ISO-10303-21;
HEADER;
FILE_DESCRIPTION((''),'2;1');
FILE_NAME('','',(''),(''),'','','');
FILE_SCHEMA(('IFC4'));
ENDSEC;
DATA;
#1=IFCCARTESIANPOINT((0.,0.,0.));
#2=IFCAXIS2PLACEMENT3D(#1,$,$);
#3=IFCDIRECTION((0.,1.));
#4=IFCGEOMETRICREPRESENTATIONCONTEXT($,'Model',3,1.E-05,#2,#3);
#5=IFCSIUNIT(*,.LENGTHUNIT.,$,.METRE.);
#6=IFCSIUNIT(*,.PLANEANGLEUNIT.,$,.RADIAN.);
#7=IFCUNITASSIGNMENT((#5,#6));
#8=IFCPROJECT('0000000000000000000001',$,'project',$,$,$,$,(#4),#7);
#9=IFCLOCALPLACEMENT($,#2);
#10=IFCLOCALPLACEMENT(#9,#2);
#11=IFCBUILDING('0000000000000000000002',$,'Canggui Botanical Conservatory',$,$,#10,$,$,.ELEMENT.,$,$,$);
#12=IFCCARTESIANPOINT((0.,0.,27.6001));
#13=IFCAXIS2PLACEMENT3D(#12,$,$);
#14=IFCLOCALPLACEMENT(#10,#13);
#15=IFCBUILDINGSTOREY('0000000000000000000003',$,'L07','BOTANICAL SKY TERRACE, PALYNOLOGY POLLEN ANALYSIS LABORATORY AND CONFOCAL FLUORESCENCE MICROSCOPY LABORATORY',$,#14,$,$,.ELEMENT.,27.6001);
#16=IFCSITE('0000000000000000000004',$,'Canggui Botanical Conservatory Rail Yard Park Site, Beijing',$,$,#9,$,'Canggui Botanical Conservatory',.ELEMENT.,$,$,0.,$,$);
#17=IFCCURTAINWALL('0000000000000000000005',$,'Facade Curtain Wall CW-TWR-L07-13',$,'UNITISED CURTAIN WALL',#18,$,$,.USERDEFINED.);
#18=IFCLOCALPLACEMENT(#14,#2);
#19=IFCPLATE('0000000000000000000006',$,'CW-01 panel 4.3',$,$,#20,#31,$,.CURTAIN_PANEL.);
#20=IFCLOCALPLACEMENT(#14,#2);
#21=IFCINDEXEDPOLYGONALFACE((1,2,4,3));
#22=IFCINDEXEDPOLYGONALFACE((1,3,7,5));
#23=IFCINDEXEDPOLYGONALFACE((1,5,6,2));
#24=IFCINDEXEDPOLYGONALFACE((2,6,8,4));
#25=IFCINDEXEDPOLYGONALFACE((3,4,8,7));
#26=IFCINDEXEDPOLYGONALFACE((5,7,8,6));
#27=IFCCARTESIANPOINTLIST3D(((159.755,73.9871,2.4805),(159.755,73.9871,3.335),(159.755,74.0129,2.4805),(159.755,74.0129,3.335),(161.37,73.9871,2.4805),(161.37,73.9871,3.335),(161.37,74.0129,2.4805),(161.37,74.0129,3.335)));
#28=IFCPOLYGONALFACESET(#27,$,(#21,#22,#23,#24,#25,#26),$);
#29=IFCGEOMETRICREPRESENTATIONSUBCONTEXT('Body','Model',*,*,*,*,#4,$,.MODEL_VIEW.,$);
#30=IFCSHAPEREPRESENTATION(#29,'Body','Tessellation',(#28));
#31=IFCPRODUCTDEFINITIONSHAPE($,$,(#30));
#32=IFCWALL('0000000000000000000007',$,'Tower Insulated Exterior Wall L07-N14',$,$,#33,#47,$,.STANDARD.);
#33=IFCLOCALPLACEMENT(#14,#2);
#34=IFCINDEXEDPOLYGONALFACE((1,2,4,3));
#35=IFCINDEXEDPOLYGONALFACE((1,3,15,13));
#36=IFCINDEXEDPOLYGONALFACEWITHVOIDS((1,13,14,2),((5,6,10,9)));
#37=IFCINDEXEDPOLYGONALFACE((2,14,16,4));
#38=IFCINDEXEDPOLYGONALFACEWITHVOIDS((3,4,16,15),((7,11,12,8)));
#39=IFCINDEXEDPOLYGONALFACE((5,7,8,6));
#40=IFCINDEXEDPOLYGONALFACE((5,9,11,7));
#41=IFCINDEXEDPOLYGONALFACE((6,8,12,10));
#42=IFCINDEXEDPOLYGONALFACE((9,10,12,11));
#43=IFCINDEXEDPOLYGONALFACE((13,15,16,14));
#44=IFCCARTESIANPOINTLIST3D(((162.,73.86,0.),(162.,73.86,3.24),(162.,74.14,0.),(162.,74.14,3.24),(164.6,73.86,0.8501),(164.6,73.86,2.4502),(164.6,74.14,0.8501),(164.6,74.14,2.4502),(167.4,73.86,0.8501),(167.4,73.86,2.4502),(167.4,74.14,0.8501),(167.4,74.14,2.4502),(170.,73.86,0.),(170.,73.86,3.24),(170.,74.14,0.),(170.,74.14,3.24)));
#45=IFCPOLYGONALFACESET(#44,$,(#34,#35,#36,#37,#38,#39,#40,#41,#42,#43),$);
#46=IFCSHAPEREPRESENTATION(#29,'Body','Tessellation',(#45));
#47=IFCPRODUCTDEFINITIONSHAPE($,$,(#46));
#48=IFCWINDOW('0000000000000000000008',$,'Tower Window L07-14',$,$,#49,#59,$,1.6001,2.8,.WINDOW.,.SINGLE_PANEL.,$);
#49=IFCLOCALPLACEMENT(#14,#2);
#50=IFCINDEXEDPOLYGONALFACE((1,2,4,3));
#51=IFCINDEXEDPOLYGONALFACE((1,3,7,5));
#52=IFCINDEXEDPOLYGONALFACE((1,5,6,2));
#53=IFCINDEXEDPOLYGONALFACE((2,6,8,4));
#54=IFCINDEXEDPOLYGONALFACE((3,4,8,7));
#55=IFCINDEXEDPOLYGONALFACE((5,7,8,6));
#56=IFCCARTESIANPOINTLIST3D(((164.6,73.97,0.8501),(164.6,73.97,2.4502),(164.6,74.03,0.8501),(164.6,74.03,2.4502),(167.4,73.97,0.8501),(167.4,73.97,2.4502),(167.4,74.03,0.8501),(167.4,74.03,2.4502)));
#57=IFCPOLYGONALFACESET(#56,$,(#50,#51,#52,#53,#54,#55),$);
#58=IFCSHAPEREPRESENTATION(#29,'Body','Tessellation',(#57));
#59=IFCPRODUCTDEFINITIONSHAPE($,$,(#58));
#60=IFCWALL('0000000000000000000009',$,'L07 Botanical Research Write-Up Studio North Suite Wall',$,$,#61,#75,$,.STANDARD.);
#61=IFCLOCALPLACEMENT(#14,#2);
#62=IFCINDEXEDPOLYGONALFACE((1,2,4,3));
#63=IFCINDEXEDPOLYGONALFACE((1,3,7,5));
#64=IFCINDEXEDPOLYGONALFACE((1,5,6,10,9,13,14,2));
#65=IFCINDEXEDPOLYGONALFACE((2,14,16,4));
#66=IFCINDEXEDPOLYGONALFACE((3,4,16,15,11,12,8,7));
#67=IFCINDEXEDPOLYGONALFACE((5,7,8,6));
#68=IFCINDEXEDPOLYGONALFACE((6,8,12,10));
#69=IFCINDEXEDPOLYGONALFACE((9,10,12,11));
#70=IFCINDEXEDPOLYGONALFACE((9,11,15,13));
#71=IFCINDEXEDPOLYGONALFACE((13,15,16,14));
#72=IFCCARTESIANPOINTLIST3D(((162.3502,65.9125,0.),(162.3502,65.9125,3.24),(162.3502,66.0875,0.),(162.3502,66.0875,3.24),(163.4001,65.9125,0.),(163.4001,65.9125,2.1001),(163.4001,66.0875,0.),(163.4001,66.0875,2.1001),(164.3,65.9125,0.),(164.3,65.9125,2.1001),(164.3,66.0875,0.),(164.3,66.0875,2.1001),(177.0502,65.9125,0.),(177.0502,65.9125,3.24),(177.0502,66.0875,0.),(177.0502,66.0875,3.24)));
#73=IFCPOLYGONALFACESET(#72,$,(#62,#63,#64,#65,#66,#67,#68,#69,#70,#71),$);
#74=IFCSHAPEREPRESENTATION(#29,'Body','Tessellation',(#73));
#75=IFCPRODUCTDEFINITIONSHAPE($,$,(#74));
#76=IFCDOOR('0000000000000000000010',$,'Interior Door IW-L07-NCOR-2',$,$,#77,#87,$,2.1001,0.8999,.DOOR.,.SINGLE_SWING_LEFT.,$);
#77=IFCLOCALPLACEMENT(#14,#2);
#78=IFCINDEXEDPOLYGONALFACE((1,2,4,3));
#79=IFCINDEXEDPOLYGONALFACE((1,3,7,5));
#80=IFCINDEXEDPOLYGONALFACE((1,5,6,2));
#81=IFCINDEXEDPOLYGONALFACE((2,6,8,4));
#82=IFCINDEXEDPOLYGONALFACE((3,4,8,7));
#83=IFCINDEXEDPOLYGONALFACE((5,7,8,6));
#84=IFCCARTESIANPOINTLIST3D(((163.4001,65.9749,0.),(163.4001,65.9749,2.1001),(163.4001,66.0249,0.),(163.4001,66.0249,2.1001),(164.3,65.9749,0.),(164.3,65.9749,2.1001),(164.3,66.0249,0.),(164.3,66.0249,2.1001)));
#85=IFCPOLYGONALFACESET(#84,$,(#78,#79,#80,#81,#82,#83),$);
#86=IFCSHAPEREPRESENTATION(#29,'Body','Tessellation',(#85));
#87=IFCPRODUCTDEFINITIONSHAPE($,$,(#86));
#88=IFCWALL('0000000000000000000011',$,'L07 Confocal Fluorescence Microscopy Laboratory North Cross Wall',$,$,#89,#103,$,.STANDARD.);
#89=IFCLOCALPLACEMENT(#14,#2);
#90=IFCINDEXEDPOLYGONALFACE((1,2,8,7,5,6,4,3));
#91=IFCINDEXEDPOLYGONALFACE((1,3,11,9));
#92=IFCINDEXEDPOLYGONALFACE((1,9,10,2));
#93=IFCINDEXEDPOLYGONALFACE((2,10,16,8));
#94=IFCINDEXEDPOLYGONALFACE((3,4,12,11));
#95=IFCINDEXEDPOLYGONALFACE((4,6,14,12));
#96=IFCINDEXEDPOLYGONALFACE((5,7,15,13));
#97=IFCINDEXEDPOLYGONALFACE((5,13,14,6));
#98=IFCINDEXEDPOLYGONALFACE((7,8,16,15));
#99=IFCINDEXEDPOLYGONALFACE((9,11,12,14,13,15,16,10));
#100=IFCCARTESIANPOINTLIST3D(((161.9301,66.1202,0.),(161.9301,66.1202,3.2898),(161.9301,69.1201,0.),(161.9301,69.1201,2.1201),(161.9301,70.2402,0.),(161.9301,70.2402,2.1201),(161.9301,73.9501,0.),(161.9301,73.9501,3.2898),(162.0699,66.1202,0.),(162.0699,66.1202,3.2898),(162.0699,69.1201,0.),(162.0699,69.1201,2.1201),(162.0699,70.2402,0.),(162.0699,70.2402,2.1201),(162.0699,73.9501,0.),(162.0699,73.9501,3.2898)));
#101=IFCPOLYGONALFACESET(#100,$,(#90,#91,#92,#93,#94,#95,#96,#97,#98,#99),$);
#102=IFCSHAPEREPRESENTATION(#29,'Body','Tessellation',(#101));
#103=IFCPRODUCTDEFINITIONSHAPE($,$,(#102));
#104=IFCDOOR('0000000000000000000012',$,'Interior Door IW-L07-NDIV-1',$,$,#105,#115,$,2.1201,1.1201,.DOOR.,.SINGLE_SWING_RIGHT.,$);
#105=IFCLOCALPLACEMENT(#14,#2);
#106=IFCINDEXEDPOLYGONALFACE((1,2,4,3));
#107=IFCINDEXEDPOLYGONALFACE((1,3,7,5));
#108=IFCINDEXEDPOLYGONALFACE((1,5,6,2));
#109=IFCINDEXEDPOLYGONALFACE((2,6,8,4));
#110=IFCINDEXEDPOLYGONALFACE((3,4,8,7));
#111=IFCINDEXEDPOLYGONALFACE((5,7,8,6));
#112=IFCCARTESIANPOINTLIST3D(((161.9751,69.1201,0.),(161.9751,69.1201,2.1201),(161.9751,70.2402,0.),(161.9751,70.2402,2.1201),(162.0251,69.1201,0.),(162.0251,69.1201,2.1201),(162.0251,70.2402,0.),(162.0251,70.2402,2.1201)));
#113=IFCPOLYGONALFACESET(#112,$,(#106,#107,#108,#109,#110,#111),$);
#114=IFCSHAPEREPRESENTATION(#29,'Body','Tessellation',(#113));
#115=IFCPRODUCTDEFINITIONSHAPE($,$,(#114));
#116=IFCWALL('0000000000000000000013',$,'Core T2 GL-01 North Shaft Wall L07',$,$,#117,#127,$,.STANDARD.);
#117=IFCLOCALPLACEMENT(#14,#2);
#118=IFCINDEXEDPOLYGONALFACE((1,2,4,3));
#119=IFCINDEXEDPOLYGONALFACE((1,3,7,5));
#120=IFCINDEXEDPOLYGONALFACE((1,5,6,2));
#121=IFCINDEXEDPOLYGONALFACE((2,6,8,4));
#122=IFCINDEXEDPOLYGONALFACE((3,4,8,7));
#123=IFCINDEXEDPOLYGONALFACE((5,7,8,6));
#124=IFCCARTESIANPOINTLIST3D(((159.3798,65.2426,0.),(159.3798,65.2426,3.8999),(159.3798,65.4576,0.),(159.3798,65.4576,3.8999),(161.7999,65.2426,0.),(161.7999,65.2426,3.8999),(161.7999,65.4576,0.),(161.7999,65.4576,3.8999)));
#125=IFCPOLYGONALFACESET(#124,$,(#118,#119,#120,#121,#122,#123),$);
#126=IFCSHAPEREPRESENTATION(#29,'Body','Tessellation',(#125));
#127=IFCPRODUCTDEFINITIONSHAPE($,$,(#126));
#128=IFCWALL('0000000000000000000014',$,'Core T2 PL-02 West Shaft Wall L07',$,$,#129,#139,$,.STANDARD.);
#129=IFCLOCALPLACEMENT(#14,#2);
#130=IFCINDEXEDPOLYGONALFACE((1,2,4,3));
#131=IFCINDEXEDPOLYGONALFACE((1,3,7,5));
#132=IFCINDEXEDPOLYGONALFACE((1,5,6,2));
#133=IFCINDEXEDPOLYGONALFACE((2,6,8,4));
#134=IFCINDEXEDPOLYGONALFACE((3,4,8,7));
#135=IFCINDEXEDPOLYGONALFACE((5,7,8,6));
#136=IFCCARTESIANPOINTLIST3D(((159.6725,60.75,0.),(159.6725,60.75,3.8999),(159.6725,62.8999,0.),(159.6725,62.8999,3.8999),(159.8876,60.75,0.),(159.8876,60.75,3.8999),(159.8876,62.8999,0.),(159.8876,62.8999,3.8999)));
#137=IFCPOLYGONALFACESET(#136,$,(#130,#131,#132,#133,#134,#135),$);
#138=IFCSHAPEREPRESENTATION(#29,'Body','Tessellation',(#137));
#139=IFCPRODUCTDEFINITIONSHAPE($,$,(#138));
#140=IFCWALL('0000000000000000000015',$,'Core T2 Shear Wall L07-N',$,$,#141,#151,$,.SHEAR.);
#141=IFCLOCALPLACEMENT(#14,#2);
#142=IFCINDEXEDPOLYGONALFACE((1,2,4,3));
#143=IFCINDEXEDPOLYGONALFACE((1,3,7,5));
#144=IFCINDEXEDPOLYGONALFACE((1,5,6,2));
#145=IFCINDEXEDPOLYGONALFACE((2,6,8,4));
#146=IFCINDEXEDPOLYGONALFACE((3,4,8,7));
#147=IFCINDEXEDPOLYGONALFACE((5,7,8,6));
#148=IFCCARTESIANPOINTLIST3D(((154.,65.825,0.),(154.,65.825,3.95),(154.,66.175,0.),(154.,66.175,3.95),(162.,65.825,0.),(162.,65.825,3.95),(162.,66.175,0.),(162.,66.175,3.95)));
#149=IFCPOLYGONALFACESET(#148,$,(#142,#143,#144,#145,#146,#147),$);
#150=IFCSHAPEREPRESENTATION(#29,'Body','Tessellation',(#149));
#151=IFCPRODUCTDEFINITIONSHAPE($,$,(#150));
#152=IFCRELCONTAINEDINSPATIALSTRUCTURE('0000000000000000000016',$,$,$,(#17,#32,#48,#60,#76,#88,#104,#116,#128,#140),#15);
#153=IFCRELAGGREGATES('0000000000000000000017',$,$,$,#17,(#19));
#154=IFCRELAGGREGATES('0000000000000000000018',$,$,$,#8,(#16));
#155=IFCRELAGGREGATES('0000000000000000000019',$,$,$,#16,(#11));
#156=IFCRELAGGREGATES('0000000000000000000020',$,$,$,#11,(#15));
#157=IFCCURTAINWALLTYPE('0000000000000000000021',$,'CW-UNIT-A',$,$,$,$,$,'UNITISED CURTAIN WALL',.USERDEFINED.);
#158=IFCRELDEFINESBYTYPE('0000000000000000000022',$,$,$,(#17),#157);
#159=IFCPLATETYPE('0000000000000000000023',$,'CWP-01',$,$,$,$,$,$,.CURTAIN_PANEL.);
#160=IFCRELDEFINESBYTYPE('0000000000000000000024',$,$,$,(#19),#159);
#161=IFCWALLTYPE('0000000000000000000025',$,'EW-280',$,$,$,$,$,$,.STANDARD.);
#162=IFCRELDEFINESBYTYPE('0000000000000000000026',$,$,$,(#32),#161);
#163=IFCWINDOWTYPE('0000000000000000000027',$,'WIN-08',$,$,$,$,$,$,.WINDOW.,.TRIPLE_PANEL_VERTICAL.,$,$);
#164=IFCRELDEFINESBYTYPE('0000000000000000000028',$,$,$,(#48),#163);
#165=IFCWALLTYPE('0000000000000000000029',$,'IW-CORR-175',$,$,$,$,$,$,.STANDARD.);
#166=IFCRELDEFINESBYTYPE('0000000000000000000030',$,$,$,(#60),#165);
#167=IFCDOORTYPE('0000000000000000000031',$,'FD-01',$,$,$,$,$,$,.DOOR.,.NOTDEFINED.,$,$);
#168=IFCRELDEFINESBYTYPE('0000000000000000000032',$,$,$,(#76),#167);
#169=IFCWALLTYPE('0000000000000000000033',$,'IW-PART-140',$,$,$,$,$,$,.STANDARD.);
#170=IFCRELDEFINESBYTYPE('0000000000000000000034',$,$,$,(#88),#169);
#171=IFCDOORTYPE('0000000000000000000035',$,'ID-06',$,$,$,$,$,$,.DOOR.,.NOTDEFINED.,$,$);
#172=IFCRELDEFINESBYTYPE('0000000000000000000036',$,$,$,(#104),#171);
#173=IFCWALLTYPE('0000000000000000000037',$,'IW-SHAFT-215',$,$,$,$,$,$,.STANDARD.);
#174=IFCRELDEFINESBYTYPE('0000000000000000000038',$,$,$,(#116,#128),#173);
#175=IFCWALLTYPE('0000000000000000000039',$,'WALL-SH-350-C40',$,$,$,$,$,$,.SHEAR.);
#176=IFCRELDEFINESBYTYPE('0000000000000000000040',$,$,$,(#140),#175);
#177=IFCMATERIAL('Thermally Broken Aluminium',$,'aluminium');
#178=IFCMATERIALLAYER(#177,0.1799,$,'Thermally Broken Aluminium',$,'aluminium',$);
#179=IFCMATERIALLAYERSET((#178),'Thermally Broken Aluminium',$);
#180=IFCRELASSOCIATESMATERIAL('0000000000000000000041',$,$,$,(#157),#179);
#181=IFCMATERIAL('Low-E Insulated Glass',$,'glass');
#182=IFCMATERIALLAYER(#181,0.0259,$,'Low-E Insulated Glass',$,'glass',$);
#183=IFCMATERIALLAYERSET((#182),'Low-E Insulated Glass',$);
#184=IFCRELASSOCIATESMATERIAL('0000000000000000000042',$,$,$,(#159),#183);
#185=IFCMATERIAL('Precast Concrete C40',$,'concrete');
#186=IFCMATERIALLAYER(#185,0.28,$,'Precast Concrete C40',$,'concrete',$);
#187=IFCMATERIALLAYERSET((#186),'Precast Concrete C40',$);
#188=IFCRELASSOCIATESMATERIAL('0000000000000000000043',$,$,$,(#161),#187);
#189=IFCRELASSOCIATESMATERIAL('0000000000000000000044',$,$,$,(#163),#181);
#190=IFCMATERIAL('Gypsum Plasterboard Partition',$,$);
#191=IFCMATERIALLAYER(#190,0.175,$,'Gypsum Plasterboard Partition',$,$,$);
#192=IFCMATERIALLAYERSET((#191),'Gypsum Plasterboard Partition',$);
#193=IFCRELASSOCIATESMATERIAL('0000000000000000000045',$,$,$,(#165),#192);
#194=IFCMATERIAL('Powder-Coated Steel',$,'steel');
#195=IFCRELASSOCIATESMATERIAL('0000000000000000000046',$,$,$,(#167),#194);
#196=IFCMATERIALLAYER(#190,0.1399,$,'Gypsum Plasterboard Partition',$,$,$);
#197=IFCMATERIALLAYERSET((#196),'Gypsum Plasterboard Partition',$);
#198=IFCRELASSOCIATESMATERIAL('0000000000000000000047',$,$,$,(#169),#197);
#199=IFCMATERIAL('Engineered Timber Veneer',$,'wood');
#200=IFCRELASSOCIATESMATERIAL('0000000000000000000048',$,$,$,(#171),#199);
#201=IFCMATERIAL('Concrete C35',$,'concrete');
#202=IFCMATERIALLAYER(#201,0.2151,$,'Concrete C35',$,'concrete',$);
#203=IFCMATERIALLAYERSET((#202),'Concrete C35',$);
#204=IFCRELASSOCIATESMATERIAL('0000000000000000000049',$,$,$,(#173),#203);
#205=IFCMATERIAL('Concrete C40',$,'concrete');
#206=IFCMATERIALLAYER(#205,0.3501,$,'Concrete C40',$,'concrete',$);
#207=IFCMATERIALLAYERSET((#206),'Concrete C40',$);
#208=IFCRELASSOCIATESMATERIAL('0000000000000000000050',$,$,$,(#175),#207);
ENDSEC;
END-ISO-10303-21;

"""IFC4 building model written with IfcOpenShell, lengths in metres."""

from ifc_helpers import new_model, si_unit, direction, frame, frame_2d, origin, origin_2d, place, context, subcontext, project, spatial, rectangle, extrude, material, layer, layer_set, type_object, element, fill, aggregate, save


model = new_model("IFC4")

# Units and contexts
model_context = context("Model", 3, precision=1e-05, world=origin(), true_north=direction((0.0, 1.0)))
body_context = subcontext(model_context, "Body", "Model", "MODEL_VIEW")
ifc_project = project(units=[si_unit("LENGTHUNIT", "METRE"), si_unit("PLANEANGLEUNIT", "RADIAN")], contexts=[model_context])

# Site, building, storey
site_placement = place(None, origin())
site = spatial("IfcSite", under=ifc_project, at=site_placement, Name="Canggui Botanical Conservatory Rail Yard Park Site, Beijing", LongName="Canggui Botanical Conservatory", CompositionType="ELEMENT", RefElevation=0.0)
building_placement = place(site_placement, origin())
building = spatial("IfcBuilding", under=site, at=building_placement, Name="Canggui Botanical Conservatory", CompositionType="ELEMENT")
storey_placement = place(building_placement, frame((0.0, 0.0, 27.6001)))
storey = spatial("IfcBuildingStorey", under=building, at=storey_placement, Name="L07", Description="BOTANICAL SKY TERRACE, PALYNOLOGY POLLEN ANALYSIS LABORATORY AND CONFOCAL FLUORESCENCE MICROSCOPY LABORATORY", CompositionType="ELEMENT", Elevation=27.6001)

# Shared definitions
ifc_material_1 = material(Name="Concrete C40", Category="concrete")

# Shared definitions
ifc_material_2 = material(Name="Concrete C35", Category="concrete")

# Curtain wall
ifc_material_3 = material(Name="Thermally Broken Aluminium", Category="aluminium")
ifc_layer_1 = layer(ifc_material_3, 0.1799, Name="Thermally Broken Aluminium", Category="aluminium")
ifc_layer_set_1 = layer_set([ifc_layer_1], Name="Thermally Broken Aluminium")
curtain_wall_type = type_object("IfcCurtainWallType", Name="CW-UNIT-A", ElementType="UNITISED CURTAIN WALL", PredefinedType="USERDEFINED", material=ifc_layer_set_1)
curtain_wall_1_placement = place(storey_placement, origin())
curtain_wall_1 = element("IfcCurtainWall", 1, at=curtain_wall_1_placement, inside=storey, type_object=curtain_wall_type, Name="Facade Curtain Wall CW-TWR-L07-13", ObjectType="UNITISED CURTAIN WALL", PredefinedType="USERDEFINED")

# Plate
ifc_material_4 = material(Name="Low-E Insulated Glass", Category="glass")
ifc_layer_2 = layer(ifc_material_4, 0.0259, Name="Low-E Insulated Glass", Category="glass")
ifc_layer_set_2 = layer_set([ifc_layer_2], Name="Low-E Insulated Glass")
plate_type = type_object("IfcPlateType", Name="CWP-01", PredefinedType="CURTAIN_PANEL", material=ifc_layer_set_2)
plate_1_placement = place(storey_placement, frame((160.5625, 74.0, 2.4805), z_axis=(0.0, 0.0, 1.0), x_axis=(1.0, 0.0, 0.0)))
plate_1 = element("IfcPlate", 2, at=plate_1_placement, type_object=plate_type, Name="CW-01 panel 4.3", PredefinedType="CURTAIN_PANEL", context=body_context, shape_type="SweptSolid", body=[
    extrude(rectangle(XDim=1.615, YDim=0.0259, at=origin_2d()), origin(), (0.0, 0.0, 1.0), 0.8545),
])
aggregate(curtain_wall_1, [plate_1])

# Wall, opening, window
ifc_material_5 = material(Name="Precast Concrete C40", Category="concrete")
ifc_layer_3 = layer(ifc_material_5, 0.28, Name="Precast Concrete C40", Category="concrete")
ifc_layer_set_3 = layer_set([ifc_layer_3], Name="Precast Concrete C40")
wall_type_1 = type_object("IfcWallType", Name="EW-280", PredefinedType="STANDARD", material=ifc_layer_set_3)
wall_1_placement = place(storey_placement, frame((162.0, 74.0, 0.0), z_axis=(0.0, 0.0, 1.0), x_axis=(1.0, 0.0, 0.0)))
wall_1 = element("IfcWall", 3, at=wall_1_placement, inside=storey, type_object=wall_type_1, Name="Tower Insulated Exterior Wall L07-N14", PredefinedType="STANDARD", context=body_context, shape_type="SweptSolid", body=[
    extrude(rectangle(XDim=8.0, YDim=0.28, at=frame_2d((4.0, 0.0))), origin(), (0.0, 0.0, 1.0), 3.24),
])
opening_1_placement = place(wall_1_placement, frame((2.6001, 0.0, 0.8501)))
opening_1 = element("IfcOpeningElement", 4, at=opening_1_placement, cuts=wall_1, PredefinedType="OPENING", context=body_context, shape_type="SweptSolid", body=[
    extrude(rectangle(XDim=2.8, YDim=1.6001, at=frame_2d((1.3999, 0.8))), frame((0.0, 0.1499, 0.0), z_axis=(0.0, -1.0, 0.0), x_axis=(1.0, 0.0, 0.0)), (0.0, 0.0, 1.0), 0.3),
])
window_type = type_object("IfcWindowType", Name="WIN-08", PartitioningType="TRIPLE_PANEL_VERTICAL", PredefinedType="WINDOW", material=ifc_material_4)
window_placement = place(opening_1_placement, origin())
window = element("IfcWindow", 5, at=window_placement, inside=storey, type_object=window_type, Name="Tower Window L07-14", OverallHeight=1.6001, OverallWidth=2.8, PartitioningType="SINGLE_PANEL", PredefinedType="WINDOW", context=body_context, shape_type="SweptSolid", body=[
    extrude(rectangle(XDim=2.8, YDim=1.6001, at=frame_2d((1.3999, 0.8))), frame((0.0, 0.03, 0.0), z_axis=(0.0, -1.0, 0.0), x_axis=(1.0, 0.0, 0.0)), (0.0, 0.0, 1.0), 0.0601),
])
fill(opening_1, window)

# Walls, openings, doors
ifc_material_6 = material(Name="Gypsum Plasterboard Partition")
ifc_layer_4 = layer(ifc_material_6, 0.175, Name="Gypsum Plasterboard Partition")
ifc_layer_set_4 = layer_set([ifc_layer_4], Name="Gypsum Plasterboard Partition")
wall_type_2 = type_object("IfcWallType", Name="IW-CORR-175", PredefinedType="STANDARD", material=ifc_layer_set_4)
wall_2_placement = place(storey_placement, frame((162.3501, 66.0, 0.0), z_axis=(0.0, 0.0, 1.0), x_axis=(1.0, 0.0, 0.0)))
wall_2 = element("IfcWall", 6, at=wall_2_placement, inside=storey, type_object=wall_type_2, Name="L07 Botanical Research Write-Up Studio North Suite Wall", PredefinedType="STANDARD", context=body_context, shape_type="SweptSolid", body=[
    extrude(rectangle(XDim=14.7, YDim=0.175, at=frame_2d((7.3501, 0.0))), origin(), (0.0, 0.0, 1.0), 3.24),
])
opening_2_placement = place(wall_2_placement, frame((1.05, 0.0, 0.0)))
opening_2 = element("IfcOpeningElement", 7, at=opening_2_placement, cuts=wall_2, PredefinedType="OPENING", context=body_context, shape_type="SweptSolid", body=[
    extrude(rectangle(XDim=0.8999, YDim=2.1001, at=frame_2d((0.45, 1.05))), frame((0.0, 0.0977, 0.0), z_axis=(0.0, -1.0, 0.0), x_axis=(1.0, 0.0, 0.0)), (0.0, 0.0, 1.0), 0.1951),
])
ifc_material_7 = material(Name="Powder-Coated Steel", Category="steel")
door_type_1 = type_object("IfcDoorType", Name="FD-01", OperationType="NOTDEFINED", PredefinedType="DOOR", material=ifc_material_7)
door_1_placement = place(opening_2_placement, origin())
door_1 = element("IfcDoor", 8, at=door_1_placement, inside=storey, type_object=door_type_1, Name="Interior Door IW-L07-NCOR-2", OperationType="SINGLE_SWING_LEFT", OverallHeight=2.1001, OverallWidth=0.8999, PredefinedType="DOOR", context=body_context, shape_type="SweptSolid", body=[
    extrude(rectangle(XDim=0.8999, YDim=2.1001, at=frame_2d((0.45, 1.05))), frame((0.0, 0.0249, 0.0), z_axis=(0.0, -1.0, 0.0), x_axis=(1.0, 0.0, 0.0)), (0.0, 0.0, 1.0), 0.05),
])
fill(opening_2, door_1)
ifc_layer_5 = layer(ifc_material_6, 0.1399, Name="Gypsum Plasterboard Partition")
ifc_layer_set_5 = layer_set([ifc_layer_5], Name="Gypsum Plasterboard Partition")
wall_type_3 = type_object("IfcWallType", Name="IW-PART-140", PredefinedType="STANDARD", material=ifc_layer_set_5)
wall_3_placement = place(storey_placement, frame((162.0, 66.1201, 0.0), z_axis=(0.0, 0.0, 1.0), x_axis=(0.0, 1.0, 0.0)))
wall_3 = element("IfcWall", 9, at=wall_3_placement, inside=storey, type_object=wall_type_3, Name="L07 Confocal Fluorescence Microscopy Laboratory North Cross Wall", PredefinedType="STANDARD", context=body_context, shape_type="SweptSolid", body=[
    extrude(rectangle(XDim=7.8298, YDim=0.1399, at=frame_2d((3.915, 0.0))), origin(), (0.0, 0.0, 1.0), 3.2898),
])
opening_3_placement = place(wall_3_placement, frame((3.0, 0.0, 0.0)))
opening_3 = element("IfcOpeningElement", 10, at=opening_3_placement, cuts=wall_3, PredefinedType="OPENING", context=body_context, shape_type="SweptSolid", body=[
    extrude(rectangle(XDim=1.1201, YDim=2.1201, at=frame_2d((0.5601, 1.0601))), frame((0.0, 0.0801, 0.0), z_axis=(0.0, -1.0, 0.0), x_axis=(1.0, 0.0, 0.0)), (0.0, 0.0, 1.0), 0.1599),
])
ifc_material_8 = material(Name="Engineered Timber Veneer", Category="wood")
door_type_2 = type_object("IfcDoorType", Name="ID-06", OperationType="NOTDEFINED", PredefinedType="DOOR", material=ifc_material_8)
door_2_placement = place(opening_3_placement, origin())
door_2 = element("IfcDoor", 11, at=door_2_placement, inside=storey, type_object=door_type_2, Name="Interior Door IW-L07-NDIV-1", OperationType="SINGLE_SWING_RIGHT", OverallHeight=2.1201, OverallWidth=1.1201, PredefinedType="DOOR", context=body_context, shape_type="SweptSolid", body=[
    extrude(rectangle(XDim=1.1201, YDim=2.1201, at=frame_2d((0.5601, 1.0601))), frame((0.0, 0.0249, 0.0), z_axis=(0.0, -1.0, 0.0), x_axis=(1.0, 0.0, 0.0)), (0.0, 0.0, 1.0), 0.05),
])
fill(opening_3, door_2)

# Walls
ifc_layer_6 = layer(ifc_material_2, 0.2151, Name="Concrete C35", Category="concrete")
ifc_layer_set_6 = layer_set([ifc_layer_6], Name="Concrete C35")
wall_type_4 = type_object("IfcWallType", Name="IW-SHAFT-215", PredefinedType="STANDARD", material=ifc_layer_set_6)
wall_4_placement = place(storey_placement, frame((159.3799, 65.3501, 0.0), z_axis=(0.0, 0.0, 1.0), x_axis=(1.0, 0.0, 0.0)))
element("IfcWall", 12, at=wall_4_placement, inside=storey, type_object=wall_type_4, Name="Core T2 GL-01 North Shaft Wall L07", PredefinedType="STANDARD", context=body_context, shape_type="SweptSolid", body=[
    extrude(rectangle(XDim=2.4202, YDim=0.2151, at=frame_2d((1.21, 0.0))), origin(), (0.0, 0.0, 1.0), 3.8999),
])
wall_5_placement = place(storey_placement, frame((159.78, 60.75, 0.0), z_axis=(0.0, 0.0, 1.0), x_axis=(0.0, 1.0, 0.0)))
element("IfcWall", 13, at=wall_5_placement, inside=storey, type_object=wall_type_4, Name="Core T2 PL-02 West Shaft Wall L07", PredefinedType="STANDARD", context=body_context, shape_type="SweptSolid", body=[
    extrude(rectangle(XDim=2.1499, YDim=0.2151, at=frame_2d((1.075, 0.0))), origin(), (0.0, 0.0, 1.0), 3.8999),
])
ifc_layer_7 = layer(ifc_material_1, 0.3501, Name="Concrete C40", Category="concrete")
ifc_layer_set_7 = layer_set([ifc_layer_7], Name="Concrete C40")
wall_type_5 = type_object("IfcWallType", Name="WALL-SH-350-C40", PredefinedType="SHEAR", material=ifc_layer_set_7)
wall_6_placement = place(storey_placement, frame((162.0, 66.0, 0.0), z_axis=(0.0, 0.0, 1.0), x_axis=(-1.0, 0.0, 0.0)))
element("IfcWall", 14, at=wall_6_placement, inside=storey, type_object=wall_type_5, Name="Core T2 Shear Wall L07-N", PredefinedType="SHEAR", context=body_context, shape_type="SweptSolid", body=[
    extrude(rectangle(XDim=8.0, YDim=0.3501, at=frame_2d((4.0, 0.0))), origin(), (0.0, 0.0, 1.0), 3.95),
])

save(model, "model.ifc")
